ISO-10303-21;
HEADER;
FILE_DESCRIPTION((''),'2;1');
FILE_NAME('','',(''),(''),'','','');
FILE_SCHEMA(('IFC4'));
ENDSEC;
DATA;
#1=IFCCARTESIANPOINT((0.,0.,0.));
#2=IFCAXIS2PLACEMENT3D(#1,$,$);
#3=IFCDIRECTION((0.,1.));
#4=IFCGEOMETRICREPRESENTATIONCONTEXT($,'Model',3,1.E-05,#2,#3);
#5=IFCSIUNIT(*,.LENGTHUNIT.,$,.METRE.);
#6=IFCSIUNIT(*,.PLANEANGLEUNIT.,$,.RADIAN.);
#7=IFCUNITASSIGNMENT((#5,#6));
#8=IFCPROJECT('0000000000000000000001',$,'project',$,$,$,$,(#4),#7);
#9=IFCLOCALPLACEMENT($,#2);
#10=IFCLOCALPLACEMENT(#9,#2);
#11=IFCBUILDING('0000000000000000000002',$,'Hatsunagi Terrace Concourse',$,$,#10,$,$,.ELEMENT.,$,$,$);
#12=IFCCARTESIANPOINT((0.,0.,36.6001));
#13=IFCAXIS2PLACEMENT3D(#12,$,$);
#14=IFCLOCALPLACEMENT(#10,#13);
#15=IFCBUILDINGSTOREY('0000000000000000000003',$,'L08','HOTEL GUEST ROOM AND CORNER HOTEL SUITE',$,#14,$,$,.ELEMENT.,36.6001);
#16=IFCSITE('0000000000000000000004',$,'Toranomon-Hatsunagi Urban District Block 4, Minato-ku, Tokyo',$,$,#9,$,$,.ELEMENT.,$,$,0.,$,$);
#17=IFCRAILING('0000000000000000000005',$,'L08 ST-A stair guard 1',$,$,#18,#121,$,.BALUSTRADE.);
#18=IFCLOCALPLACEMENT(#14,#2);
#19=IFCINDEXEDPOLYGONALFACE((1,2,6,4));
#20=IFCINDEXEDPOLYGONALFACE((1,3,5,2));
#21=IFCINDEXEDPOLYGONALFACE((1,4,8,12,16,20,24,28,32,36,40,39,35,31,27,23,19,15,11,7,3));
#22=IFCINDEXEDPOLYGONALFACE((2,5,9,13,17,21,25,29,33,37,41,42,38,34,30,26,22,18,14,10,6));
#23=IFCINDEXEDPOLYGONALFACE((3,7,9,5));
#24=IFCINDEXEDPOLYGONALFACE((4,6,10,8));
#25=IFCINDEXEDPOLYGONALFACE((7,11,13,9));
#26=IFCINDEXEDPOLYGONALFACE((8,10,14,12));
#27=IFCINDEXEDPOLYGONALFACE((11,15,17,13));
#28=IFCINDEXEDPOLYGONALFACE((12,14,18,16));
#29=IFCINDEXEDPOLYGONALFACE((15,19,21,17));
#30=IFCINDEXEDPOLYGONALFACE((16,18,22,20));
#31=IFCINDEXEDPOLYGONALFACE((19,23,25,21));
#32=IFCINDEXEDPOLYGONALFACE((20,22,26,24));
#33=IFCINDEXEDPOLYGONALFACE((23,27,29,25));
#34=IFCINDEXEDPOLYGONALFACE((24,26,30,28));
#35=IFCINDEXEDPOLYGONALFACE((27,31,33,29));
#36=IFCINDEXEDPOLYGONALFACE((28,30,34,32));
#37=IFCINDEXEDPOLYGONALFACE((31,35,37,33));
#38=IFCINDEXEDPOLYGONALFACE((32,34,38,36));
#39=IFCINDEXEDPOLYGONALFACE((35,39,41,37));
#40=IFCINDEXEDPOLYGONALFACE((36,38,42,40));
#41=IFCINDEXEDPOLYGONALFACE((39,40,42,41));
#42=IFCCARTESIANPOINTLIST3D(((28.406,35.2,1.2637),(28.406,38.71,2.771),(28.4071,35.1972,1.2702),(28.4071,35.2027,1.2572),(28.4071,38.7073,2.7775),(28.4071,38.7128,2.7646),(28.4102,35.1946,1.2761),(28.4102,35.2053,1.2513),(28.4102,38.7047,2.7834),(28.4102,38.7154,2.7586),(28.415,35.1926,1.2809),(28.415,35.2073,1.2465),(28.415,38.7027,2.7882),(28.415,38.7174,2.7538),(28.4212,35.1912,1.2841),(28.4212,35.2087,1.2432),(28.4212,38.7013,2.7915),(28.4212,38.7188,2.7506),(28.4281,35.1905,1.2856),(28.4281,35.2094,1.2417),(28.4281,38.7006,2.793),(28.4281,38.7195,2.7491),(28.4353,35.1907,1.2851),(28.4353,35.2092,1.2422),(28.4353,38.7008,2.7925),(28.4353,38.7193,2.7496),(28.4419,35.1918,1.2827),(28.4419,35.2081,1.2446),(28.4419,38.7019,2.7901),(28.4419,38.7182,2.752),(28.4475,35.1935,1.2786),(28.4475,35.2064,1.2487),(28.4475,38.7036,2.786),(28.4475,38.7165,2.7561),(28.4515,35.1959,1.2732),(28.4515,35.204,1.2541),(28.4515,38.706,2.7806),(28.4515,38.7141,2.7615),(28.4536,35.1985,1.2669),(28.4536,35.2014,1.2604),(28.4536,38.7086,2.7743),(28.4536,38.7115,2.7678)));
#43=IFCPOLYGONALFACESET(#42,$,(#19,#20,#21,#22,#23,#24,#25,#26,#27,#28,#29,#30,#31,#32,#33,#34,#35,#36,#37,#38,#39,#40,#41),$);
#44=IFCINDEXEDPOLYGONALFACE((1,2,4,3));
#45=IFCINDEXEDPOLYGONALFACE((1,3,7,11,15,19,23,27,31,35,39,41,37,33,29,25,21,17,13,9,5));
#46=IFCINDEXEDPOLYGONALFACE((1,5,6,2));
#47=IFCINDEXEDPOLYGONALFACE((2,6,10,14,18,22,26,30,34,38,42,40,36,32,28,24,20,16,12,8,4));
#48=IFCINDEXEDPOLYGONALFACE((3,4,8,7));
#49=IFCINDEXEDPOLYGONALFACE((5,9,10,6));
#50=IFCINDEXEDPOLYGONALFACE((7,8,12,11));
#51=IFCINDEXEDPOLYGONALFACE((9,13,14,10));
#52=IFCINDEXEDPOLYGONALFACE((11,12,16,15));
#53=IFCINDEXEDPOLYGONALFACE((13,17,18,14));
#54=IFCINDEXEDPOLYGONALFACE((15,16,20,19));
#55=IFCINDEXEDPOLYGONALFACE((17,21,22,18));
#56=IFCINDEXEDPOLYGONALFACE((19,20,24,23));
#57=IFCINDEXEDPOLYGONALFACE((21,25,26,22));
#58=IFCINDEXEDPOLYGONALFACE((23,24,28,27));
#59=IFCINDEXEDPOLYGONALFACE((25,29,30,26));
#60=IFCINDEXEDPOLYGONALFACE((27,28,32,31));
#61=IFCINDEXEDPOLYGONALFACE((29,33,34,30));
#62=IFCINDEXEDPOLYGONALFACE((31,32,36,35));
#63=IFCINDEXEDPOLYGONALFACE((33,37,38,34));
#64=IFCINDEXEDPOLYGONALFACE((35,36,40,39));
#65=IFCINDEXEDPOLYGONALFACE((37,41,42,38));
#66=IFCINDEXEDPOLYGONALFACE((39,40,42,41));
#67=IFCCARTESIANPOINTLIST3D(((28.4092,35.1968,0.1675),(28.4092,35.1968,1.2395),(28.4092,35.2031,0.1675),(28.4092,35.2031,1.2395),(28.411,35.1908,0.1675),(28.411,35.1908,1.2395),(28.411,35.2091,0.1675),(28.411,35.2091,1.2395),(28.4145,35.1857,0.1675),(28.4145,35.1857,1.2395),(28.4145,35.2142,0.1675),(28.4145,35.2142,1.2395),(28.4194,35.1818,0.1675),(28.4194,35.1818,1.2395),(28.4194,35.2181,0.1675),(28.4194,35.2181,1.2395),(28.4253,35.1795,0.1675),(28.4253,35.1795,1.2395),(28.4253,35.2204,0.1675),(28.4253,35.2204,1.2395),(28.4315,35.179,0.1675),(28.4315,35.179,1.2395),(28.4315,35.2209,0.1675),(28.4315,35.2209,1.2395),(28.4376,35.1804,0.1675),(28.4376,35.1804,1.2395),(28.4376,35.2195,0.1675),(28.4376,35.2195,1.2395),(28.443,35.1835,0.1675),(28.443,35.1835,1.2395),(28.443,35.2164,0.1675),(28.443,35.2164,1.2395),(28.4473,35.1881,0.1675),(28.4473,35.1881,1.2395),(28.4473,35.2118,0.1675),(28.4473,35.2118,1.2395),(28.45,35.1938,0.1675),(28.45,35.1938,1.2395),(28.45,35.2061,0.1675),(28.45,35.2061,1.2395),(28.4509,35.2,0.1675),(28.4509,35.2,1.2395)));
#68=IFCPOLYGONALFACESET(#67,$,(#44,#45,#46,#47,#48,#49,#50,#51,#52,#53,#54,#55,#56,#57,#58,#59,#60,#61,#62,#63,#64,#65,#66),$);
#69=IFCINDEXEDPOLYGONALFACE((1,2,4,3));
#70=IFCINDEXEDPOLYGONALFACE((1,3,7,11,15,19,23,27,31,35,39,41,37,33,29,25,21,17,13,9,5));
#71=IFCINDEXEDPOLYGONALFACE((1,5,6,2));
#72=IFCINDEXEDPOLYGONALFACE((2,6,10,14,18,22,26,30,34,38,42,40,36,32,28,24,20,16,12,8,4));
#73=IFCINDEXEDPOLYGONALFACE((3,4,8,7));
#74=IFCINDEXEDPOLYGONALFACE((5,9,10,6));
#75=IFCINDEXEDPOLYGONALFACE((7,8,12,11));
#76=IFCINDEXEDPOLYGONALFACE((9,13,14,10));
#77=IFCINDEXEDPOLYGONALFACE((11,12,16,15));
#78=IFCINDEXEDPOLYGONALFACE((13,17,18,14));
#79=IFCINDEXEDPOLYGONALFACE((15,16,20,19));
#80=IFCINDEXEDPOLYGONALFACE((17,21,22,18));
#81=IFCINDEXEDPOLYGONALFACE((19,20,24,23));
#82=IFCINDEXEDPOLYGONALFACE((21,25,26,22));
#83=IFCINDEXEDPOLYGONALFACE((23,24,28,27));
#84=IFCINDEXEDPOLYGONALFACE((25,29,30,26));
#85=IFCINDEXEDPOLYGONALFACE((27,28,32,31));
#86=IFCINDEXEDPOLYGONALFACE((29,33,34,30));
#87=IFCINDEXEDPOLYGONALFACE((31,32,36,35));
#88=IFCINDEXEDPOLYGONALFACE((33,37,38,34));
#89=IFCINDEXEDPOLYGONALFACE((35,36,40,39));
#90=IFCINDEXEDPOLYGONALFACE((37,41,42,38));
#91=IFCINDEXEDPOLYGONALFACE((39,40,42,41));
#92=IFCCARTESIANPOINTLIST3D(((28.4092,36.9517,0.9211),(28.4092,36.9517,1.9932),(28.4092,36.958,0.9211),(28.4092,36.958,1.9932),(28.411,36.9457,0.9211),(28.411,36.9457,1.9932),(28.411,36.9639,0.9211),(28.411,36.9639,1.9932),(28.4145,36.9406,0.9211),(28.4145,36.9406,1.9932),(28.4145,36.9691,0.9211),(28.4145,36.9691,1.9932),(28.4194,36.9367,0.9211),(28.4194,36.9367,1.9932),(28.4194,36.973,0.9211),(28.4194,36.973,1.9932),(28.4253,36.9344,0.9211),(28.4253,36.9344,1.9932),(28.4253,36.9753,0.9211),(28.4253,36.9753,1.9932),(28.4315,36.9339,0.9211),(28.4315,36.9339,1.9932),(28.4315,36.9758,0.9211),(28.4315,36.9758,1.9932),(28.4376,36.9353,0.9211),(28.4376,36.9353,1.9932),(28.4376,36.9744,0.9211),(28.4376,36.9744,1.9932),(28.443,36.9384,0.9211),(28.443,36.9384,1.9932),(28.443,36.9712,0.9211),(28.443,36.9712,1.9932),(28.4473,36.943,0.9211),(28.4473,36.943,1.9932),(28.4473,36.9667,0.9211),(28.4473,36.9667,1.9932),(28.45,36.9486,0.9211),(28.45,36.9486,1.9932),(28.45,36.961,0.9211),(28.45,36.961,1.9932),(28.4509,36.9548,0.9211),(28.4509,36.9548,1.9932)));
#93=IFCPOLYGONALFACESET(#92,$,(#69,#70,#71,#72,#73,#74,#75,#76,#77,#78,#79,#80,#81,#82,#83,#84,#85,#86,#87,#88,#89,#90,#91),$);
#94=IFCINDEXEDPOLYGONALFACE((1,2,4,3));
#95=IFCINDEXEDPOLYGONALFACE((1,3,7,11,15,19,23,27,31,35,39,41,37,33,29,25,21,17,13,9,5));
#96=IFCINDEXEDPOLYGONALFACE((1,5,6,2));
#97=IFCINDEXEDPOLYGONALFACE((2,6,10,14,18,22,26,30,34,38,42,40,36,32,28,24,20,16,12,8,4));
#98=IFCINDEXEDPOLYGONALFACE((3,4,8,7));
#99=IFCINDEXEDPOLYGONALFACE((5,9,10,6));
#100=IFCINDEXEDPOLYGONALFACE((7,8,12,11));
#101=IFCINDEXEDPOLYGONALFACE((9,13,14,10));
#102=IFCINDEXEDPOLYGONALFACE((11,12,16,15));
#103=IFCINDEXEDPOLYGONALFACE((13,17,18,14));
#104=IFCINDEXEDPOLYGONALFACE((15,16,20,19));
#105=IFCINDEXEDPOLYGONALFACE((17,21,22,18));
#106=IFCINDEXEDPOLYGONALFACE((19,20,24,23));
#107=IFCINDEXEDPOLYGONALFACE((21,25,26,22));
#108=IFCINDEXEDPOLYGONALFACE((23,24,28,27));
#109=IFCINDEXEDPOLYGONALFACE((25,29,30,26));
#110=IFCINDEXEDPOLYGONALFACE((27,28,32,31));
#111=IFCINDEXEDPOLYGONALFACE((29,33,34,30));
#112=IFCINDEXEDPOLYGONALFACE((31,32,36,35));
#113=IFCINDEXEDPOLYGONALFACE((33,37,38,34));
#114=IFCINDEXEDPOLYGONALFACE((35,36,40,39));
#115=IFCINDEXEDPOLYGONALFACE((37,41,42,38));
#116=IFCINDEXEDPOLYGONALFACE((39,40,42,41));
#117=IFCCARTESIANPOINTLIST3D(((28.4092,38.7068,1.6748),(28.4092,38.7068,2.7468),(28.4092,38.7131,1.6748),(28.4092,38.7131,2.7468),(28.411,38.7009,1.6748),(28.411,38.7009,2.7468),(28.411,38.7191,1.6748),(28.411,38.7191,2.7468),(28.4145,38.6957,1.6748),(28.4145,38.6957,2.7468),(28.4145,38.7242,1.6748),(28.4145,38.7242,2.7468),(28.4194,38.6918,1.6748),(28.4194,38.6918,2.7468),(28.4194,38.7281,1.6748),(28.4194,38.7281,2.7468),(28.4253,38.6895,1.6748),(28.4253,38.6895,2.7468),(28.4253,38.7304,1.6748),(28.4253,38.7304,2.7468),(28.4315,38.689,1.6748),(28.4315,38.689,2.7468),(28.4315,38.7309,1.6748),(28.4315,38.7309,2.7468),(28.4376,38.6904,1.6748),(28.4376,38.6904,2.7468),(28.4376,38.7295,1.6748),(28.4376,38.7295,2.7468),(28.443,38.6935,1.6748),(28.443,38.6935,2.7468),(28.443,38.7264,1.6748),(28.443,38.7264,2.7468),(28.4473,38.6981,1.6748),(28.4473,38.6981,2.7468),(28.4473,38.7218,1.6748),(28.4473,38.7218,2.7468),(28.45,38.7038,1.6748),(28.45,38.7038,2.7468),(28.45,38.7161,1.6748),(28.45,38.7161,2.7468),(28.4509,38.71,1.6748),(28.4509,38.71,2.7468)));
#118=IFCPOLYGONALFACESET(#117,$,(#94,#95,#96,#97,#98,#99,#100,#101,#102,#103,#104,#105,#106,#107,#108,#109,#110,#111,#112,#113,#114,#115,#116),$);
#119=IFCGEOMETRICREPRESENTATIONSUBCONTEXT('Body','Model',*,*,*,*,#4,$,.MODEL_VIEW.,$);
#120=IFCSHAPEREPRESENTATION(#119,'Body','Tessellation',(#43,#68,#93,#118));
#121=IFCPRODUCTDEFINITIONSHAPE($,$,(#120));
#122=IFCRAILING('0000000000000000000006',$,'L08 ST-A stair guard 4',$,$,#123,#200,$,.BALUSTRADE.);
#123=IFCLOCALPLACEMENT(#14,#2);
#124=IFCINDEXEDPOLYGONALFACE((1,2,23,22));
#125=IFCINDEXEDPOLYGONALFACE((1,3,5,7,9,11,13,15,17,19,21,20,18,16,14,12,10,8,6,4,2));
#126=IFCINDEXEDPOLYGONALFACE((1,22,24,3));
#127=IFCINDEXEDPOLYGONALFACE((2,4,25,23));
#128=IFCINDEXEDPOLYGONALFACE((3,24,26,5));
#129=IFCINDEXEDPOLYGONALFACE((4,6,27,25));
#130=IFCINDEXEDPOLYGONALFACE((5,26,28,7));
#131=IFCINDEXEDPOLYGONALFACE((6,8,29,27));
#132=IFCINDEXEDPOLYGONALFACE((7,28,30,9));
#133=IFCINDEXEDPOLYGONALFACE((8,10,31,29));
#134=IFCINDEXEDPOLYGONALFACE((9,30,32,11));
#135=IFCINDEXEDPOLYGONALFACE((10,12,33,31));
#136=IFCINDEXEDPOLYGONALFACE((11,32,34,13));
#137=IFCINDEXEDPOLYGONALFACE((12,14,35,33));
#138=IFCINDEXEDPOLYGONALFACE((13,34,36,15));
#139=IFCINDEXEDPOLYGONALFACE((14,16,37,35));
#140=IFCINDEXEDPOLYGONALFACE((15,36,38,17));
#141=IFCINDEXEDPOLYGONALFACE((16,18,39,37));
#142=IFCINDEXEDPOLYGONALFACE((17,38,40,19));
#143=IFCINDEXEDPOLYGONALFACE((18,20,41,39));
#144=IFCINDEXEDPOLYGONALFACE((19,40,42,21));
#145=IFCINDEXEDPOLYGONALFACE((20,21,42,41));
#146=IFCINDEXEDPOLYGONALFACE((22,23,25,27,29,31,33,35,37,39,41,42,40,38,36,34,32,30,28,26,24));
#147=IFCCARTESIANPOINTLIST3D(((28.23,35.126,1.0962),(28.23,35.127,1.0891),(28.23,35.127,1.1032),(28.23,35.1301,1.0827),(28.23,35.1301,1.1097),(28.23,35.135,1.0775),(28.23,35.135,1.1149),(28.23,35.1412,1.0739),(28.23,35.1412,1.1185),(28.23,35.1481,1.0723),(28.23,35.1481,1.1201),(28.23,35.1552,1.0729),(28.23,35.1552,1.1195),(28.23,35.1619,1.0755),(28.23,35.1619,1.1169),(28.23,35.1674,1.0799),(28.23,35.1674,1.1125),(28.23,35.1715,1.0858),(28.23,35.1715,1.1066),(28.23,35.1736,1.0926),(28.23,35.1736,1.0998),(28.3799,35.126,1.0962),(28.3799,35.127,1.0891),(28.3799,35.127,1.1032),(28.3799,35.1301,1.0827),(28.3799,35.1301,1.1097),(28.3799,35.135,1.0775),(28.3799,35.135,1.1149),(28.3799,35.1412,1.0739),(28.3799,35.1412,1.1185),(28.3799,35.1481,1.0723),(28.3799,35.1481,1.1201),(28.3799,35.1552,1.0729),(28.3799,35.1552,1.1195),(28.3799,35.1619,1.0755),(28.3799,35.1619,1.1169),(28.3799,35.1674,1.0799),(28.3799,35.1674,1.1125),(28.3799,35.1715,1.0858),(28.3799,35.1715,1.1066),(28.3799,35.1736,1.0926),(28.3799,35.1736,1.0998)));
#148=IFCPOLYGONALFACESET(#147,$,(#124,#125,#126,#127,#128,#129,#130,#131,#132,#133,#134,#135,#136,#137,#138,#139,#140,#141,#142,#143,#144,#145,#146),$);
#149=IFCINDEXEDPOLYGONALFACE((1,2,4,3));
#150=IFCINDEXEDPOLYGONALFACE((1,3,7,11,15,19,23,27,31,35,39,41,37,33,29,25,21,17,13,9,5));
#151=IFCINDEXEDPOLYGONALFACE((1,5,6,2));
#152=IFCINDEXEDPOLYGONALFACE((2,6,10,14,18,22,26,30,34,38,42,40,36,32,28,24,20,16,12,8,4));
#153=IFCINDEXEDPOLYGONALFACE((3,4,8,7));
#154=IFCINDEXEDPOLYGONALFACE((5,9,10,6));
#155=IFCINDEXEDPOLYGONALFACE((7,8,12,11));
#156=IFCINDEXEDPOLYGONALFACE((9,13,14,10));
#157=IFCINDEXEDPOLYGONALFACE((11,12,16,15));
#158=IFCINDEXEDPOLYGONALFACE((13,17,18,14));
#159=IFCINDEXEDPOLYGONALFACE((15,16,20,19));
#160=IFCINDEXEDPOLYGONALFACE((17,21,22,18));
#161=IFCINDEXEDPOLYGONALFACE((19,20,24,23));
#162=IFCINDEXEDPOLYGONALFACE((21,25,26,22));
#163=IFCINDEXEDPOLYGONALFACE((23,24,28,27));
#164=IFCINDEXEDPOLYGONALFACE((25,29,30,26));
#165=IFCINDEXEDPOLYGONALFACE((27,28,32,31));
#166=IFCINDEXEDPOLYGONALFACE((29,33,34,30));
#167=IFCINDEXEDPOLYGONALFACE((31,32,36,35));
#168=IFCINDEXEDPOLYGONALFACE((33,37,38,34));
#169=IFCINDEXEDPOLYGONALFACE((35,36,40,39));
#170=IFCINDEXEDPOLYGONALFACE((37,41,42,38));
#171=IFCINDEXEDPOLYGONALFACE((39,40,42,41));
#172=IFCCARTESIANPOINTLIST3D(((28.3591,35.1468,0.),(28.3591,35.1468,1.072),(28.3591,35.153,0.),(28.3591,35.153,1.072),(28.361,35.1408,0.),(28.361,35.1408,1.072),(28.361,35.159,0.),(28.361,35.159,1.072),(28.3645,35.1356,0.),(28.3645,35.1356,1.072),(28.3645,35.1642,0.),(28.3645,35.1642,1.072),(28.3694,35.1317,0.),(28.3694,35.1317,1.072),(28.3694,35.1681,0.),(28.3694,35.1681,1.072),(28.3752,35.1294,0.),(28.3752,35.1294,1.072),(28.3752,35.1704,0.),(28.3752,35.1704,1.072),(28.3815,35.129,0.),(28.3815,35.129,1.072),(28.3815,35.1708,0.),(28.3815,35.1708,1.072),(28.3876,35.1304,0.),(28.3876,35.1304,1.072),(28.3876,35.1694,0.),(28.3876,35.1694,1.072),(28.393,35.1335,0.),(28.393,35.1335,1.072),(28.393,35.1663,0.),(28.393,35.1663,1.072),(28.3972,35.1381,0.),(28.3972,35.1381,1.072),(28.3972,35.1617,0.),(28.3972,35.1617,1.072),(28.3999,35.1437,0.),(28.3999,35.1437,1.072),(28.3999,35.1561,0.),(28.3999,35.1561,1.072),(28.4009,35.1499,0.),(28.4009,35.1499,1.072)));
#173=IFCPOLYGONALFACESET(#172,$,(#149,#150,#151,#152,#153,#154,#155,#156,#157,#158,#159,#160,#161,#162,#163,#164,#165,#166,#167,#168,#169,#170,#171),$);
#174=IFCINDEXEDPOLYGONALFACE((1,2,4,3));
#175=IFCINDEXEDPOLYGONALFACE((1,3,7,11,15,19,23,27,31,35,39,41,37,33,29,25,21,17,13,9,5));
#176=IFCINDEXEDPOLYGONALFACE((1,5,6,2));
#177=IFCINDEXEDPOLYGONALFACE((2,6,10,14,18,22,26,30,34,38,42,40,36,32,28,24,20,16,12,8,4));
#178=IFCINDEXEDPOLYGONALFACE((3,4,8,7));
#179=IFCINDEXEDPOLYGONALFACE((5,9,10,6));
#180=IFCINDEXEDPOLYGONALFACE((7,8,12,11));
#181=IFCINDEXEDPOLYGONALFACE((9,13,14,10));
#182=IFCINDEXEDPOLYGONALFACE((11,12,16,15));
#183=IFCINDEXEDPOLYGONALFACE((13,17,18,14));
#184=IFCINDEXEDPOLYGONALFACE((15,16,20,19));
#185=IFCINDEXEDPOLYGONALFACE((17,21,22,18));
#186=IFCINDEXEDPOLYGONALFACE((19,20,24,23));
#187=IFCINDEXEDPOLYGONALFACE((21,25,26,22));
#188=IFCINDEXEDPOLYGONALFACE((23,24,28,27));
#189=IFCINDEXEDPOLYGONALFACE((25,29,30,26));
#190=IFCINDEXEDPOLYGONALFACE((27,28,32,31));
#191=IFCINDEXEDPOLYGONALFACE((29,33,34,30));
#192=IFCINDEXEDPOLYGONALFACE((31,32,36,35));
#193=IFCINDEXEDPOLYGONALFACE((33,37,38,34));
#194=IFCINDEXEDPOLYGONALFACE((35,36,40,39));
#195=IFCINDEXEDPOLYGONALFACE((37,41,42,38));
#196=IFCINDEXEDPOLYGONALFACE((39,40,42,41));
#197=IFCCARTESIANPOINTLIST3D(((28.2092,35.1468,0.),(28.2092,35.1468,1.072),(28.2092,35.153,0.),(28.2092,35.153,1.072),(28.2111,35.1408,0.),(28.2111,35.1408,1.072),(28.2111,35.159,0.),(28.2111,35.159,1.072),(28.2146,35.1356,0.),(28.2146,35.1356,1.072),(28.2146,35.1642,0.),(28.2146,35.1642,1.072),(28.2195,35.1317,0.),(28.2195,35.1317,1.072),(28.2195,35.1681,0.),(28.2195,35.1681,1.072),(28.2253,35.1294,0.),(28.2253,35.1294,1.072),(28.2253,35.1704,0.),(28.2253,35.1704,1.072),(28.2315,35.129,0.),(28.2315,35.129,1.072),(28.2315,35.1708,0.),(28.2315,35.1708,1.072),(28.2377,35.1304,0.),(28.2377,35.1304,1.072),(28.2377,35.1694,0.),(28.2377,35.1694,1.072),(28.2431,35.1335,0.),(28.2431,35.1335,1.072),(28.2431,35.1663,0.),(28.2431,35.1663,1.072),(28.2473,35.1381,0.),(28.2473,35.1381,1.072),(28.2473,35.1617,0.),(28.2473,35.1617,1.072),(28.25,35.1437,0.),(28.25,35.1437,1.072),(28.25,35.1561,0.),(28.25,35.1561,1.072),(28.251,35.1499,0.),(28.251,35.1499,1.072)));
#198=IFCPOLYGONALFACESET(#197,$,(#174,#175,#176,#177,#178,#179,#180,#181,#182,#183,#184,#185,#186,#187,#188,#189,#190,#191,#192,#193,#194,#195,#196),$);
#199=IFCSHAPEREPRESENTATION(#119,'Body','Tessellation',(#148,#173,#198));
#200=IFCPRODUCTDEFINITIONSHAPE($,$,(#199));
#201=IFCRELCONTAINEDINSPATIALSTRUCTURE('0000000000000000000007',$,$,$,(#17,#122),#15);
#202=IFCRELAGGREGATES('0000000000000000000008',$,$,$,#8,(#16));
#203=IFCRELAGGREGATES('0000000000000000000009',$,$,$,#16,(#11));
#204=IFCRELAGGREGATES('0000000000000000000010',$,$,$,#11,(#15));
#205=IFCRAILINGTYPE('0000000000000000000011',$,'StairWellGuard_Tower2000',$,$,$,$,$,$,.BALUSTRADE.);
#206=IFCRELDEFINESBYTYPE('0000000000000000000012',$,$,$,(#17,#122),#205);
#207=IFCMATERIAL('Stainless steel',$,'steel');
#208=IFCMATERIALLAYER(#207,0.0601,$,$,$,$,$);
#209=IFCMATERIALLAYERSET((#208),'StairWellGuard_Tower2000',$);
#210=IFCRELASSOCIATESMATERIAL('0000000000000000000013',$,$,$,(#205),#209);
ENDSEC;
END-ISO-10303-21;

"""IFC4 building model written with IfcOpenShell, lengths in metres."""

from ifc_helpers import new_model, si_unit, direction, frame, origin, origin_2d, place, context, subcontext, project, spatial, circle, extrude, material, layer, layer_set, type_object, element, save


model = new_model("IFC4")

# Units and contexts
model_context = context("Model", 3, precision=1e-05, world=origin(), true_north=direction((0.0, 1.0)))
body_context = subcontext(model_context, "Body", "Model", "MODEL_VIEW")
ifc_project = project(units=[si_unit("LENGTHUNIT", "METRE"), si_unit("PLANEANGLEUNIT", "RADIAN")], contexts=[model_context])

# Site, building, storey
site_placement = place(None, origin())
site = spatial("IfcSite", under=ifc_project, at=site_placement, Name="Toranomon-Hatsunagi Urban District Block 4, Minato-ku, Tokyo", CompositionType="ELEMENT", RefElevation=0.0)
building_placement = place(site_placement, origin())
building = spatial("IfcBuilding", under=site, at=building_placement, Name="Hatsunagi Terrace Concourse", CompositionType="ELEMENT")
storey_placement = place(building_placement, frame((0.0, 0.0, 36.6001)))
storey = spatial("IfcBuildingStorey", under=building, at=storey_placement, Name="L08", Description="HOTEL GUEST ROOM AND CORNER HOTEL SUITE", CompositionType="ELEMENT", Elevation=36.6001)

# Railings
ifc_material_1 = material(Name="Stainless steel", Category="steel")
ifc_layer_1 = layer(ifc_material_1, 0.0601)
ifc_layer_set_1 = layer_set([ifc_layer_1], Name="StairWellGuard_Tower2000")
railing_type_1 = type_object("IfcRailingType", Name="StairWellGuard_Tower2000", PredefinedType="BALUSTRADE", material=ifc_layer_set_1)
railing_1_placement = place(storey_placement, frame((28.4299, 35.2, 0.1675)))
element("IfcRailing", 1, at=railing_1_placement, inside=storey, type_object=railing_type_1, Name="L08 ST-A stair guard 1", PredefinedType="BALUSTRADE", context=body_context, shape_type="SweptSolid", body=[
    extrude(circle(Radius=0.0239, at=origin_2d()), frame((0.0, 0.0, 1.0962), z_axis=(0.0, 0.918857, 0.39459), x_axis=(-1.0, 0.0, 0.0)), (0.0, 0.0, 1.0), 3.8201),
    extrude(circle(Radius=0.021, at=origin_2d()), origin(), (0.0, 0.0, 1.0), 1.072),
    extrude(circle(Radius=0.021, at=origin_2d()), frame((0.0, 1.7549, 0.7537)), (0.0, 0.0, 1.0), 1.072),
    extrude(circle(Radius=0.021, at=origin_2d()), frame((0.0, 3.51, 1.5073)), (0.0, 0.0, 1.0), 1.072),
])
railing_2_placement = place(storey_placement, frame((28.3799, 35.1499, 0.0)))
element("IfcRailing", 2, at=railing_2_placement, inside=storey, type_object=railing_type_1, Name="L08 ST-A stair guard 4", PredefinedType="BALUSTRADE", context=body_context, shape_type="SweptSolid", body=[
    extrude(circle(Radius=0.0239, at=origin_2d()), frame((0.0, 0.0, 1.0962), z_axis=(-1.0, 0.0, 0.0), x_axis=(0.0, -1.0, 0.0)), (0.0, 0.0, 1.0), 0.1499),
    extrude(circle(Radius=0.021, at=origin_2d()), origin(), (0.0, 0.0, 1.0), 1.072),
    extrude(circle(Radius=0.021, at=origin_2d()), frame((-0.1499, 0.0, 0.0)), (0.0, 0.0, 1.0), 1.072),
])

save(model, "model.ifc")
